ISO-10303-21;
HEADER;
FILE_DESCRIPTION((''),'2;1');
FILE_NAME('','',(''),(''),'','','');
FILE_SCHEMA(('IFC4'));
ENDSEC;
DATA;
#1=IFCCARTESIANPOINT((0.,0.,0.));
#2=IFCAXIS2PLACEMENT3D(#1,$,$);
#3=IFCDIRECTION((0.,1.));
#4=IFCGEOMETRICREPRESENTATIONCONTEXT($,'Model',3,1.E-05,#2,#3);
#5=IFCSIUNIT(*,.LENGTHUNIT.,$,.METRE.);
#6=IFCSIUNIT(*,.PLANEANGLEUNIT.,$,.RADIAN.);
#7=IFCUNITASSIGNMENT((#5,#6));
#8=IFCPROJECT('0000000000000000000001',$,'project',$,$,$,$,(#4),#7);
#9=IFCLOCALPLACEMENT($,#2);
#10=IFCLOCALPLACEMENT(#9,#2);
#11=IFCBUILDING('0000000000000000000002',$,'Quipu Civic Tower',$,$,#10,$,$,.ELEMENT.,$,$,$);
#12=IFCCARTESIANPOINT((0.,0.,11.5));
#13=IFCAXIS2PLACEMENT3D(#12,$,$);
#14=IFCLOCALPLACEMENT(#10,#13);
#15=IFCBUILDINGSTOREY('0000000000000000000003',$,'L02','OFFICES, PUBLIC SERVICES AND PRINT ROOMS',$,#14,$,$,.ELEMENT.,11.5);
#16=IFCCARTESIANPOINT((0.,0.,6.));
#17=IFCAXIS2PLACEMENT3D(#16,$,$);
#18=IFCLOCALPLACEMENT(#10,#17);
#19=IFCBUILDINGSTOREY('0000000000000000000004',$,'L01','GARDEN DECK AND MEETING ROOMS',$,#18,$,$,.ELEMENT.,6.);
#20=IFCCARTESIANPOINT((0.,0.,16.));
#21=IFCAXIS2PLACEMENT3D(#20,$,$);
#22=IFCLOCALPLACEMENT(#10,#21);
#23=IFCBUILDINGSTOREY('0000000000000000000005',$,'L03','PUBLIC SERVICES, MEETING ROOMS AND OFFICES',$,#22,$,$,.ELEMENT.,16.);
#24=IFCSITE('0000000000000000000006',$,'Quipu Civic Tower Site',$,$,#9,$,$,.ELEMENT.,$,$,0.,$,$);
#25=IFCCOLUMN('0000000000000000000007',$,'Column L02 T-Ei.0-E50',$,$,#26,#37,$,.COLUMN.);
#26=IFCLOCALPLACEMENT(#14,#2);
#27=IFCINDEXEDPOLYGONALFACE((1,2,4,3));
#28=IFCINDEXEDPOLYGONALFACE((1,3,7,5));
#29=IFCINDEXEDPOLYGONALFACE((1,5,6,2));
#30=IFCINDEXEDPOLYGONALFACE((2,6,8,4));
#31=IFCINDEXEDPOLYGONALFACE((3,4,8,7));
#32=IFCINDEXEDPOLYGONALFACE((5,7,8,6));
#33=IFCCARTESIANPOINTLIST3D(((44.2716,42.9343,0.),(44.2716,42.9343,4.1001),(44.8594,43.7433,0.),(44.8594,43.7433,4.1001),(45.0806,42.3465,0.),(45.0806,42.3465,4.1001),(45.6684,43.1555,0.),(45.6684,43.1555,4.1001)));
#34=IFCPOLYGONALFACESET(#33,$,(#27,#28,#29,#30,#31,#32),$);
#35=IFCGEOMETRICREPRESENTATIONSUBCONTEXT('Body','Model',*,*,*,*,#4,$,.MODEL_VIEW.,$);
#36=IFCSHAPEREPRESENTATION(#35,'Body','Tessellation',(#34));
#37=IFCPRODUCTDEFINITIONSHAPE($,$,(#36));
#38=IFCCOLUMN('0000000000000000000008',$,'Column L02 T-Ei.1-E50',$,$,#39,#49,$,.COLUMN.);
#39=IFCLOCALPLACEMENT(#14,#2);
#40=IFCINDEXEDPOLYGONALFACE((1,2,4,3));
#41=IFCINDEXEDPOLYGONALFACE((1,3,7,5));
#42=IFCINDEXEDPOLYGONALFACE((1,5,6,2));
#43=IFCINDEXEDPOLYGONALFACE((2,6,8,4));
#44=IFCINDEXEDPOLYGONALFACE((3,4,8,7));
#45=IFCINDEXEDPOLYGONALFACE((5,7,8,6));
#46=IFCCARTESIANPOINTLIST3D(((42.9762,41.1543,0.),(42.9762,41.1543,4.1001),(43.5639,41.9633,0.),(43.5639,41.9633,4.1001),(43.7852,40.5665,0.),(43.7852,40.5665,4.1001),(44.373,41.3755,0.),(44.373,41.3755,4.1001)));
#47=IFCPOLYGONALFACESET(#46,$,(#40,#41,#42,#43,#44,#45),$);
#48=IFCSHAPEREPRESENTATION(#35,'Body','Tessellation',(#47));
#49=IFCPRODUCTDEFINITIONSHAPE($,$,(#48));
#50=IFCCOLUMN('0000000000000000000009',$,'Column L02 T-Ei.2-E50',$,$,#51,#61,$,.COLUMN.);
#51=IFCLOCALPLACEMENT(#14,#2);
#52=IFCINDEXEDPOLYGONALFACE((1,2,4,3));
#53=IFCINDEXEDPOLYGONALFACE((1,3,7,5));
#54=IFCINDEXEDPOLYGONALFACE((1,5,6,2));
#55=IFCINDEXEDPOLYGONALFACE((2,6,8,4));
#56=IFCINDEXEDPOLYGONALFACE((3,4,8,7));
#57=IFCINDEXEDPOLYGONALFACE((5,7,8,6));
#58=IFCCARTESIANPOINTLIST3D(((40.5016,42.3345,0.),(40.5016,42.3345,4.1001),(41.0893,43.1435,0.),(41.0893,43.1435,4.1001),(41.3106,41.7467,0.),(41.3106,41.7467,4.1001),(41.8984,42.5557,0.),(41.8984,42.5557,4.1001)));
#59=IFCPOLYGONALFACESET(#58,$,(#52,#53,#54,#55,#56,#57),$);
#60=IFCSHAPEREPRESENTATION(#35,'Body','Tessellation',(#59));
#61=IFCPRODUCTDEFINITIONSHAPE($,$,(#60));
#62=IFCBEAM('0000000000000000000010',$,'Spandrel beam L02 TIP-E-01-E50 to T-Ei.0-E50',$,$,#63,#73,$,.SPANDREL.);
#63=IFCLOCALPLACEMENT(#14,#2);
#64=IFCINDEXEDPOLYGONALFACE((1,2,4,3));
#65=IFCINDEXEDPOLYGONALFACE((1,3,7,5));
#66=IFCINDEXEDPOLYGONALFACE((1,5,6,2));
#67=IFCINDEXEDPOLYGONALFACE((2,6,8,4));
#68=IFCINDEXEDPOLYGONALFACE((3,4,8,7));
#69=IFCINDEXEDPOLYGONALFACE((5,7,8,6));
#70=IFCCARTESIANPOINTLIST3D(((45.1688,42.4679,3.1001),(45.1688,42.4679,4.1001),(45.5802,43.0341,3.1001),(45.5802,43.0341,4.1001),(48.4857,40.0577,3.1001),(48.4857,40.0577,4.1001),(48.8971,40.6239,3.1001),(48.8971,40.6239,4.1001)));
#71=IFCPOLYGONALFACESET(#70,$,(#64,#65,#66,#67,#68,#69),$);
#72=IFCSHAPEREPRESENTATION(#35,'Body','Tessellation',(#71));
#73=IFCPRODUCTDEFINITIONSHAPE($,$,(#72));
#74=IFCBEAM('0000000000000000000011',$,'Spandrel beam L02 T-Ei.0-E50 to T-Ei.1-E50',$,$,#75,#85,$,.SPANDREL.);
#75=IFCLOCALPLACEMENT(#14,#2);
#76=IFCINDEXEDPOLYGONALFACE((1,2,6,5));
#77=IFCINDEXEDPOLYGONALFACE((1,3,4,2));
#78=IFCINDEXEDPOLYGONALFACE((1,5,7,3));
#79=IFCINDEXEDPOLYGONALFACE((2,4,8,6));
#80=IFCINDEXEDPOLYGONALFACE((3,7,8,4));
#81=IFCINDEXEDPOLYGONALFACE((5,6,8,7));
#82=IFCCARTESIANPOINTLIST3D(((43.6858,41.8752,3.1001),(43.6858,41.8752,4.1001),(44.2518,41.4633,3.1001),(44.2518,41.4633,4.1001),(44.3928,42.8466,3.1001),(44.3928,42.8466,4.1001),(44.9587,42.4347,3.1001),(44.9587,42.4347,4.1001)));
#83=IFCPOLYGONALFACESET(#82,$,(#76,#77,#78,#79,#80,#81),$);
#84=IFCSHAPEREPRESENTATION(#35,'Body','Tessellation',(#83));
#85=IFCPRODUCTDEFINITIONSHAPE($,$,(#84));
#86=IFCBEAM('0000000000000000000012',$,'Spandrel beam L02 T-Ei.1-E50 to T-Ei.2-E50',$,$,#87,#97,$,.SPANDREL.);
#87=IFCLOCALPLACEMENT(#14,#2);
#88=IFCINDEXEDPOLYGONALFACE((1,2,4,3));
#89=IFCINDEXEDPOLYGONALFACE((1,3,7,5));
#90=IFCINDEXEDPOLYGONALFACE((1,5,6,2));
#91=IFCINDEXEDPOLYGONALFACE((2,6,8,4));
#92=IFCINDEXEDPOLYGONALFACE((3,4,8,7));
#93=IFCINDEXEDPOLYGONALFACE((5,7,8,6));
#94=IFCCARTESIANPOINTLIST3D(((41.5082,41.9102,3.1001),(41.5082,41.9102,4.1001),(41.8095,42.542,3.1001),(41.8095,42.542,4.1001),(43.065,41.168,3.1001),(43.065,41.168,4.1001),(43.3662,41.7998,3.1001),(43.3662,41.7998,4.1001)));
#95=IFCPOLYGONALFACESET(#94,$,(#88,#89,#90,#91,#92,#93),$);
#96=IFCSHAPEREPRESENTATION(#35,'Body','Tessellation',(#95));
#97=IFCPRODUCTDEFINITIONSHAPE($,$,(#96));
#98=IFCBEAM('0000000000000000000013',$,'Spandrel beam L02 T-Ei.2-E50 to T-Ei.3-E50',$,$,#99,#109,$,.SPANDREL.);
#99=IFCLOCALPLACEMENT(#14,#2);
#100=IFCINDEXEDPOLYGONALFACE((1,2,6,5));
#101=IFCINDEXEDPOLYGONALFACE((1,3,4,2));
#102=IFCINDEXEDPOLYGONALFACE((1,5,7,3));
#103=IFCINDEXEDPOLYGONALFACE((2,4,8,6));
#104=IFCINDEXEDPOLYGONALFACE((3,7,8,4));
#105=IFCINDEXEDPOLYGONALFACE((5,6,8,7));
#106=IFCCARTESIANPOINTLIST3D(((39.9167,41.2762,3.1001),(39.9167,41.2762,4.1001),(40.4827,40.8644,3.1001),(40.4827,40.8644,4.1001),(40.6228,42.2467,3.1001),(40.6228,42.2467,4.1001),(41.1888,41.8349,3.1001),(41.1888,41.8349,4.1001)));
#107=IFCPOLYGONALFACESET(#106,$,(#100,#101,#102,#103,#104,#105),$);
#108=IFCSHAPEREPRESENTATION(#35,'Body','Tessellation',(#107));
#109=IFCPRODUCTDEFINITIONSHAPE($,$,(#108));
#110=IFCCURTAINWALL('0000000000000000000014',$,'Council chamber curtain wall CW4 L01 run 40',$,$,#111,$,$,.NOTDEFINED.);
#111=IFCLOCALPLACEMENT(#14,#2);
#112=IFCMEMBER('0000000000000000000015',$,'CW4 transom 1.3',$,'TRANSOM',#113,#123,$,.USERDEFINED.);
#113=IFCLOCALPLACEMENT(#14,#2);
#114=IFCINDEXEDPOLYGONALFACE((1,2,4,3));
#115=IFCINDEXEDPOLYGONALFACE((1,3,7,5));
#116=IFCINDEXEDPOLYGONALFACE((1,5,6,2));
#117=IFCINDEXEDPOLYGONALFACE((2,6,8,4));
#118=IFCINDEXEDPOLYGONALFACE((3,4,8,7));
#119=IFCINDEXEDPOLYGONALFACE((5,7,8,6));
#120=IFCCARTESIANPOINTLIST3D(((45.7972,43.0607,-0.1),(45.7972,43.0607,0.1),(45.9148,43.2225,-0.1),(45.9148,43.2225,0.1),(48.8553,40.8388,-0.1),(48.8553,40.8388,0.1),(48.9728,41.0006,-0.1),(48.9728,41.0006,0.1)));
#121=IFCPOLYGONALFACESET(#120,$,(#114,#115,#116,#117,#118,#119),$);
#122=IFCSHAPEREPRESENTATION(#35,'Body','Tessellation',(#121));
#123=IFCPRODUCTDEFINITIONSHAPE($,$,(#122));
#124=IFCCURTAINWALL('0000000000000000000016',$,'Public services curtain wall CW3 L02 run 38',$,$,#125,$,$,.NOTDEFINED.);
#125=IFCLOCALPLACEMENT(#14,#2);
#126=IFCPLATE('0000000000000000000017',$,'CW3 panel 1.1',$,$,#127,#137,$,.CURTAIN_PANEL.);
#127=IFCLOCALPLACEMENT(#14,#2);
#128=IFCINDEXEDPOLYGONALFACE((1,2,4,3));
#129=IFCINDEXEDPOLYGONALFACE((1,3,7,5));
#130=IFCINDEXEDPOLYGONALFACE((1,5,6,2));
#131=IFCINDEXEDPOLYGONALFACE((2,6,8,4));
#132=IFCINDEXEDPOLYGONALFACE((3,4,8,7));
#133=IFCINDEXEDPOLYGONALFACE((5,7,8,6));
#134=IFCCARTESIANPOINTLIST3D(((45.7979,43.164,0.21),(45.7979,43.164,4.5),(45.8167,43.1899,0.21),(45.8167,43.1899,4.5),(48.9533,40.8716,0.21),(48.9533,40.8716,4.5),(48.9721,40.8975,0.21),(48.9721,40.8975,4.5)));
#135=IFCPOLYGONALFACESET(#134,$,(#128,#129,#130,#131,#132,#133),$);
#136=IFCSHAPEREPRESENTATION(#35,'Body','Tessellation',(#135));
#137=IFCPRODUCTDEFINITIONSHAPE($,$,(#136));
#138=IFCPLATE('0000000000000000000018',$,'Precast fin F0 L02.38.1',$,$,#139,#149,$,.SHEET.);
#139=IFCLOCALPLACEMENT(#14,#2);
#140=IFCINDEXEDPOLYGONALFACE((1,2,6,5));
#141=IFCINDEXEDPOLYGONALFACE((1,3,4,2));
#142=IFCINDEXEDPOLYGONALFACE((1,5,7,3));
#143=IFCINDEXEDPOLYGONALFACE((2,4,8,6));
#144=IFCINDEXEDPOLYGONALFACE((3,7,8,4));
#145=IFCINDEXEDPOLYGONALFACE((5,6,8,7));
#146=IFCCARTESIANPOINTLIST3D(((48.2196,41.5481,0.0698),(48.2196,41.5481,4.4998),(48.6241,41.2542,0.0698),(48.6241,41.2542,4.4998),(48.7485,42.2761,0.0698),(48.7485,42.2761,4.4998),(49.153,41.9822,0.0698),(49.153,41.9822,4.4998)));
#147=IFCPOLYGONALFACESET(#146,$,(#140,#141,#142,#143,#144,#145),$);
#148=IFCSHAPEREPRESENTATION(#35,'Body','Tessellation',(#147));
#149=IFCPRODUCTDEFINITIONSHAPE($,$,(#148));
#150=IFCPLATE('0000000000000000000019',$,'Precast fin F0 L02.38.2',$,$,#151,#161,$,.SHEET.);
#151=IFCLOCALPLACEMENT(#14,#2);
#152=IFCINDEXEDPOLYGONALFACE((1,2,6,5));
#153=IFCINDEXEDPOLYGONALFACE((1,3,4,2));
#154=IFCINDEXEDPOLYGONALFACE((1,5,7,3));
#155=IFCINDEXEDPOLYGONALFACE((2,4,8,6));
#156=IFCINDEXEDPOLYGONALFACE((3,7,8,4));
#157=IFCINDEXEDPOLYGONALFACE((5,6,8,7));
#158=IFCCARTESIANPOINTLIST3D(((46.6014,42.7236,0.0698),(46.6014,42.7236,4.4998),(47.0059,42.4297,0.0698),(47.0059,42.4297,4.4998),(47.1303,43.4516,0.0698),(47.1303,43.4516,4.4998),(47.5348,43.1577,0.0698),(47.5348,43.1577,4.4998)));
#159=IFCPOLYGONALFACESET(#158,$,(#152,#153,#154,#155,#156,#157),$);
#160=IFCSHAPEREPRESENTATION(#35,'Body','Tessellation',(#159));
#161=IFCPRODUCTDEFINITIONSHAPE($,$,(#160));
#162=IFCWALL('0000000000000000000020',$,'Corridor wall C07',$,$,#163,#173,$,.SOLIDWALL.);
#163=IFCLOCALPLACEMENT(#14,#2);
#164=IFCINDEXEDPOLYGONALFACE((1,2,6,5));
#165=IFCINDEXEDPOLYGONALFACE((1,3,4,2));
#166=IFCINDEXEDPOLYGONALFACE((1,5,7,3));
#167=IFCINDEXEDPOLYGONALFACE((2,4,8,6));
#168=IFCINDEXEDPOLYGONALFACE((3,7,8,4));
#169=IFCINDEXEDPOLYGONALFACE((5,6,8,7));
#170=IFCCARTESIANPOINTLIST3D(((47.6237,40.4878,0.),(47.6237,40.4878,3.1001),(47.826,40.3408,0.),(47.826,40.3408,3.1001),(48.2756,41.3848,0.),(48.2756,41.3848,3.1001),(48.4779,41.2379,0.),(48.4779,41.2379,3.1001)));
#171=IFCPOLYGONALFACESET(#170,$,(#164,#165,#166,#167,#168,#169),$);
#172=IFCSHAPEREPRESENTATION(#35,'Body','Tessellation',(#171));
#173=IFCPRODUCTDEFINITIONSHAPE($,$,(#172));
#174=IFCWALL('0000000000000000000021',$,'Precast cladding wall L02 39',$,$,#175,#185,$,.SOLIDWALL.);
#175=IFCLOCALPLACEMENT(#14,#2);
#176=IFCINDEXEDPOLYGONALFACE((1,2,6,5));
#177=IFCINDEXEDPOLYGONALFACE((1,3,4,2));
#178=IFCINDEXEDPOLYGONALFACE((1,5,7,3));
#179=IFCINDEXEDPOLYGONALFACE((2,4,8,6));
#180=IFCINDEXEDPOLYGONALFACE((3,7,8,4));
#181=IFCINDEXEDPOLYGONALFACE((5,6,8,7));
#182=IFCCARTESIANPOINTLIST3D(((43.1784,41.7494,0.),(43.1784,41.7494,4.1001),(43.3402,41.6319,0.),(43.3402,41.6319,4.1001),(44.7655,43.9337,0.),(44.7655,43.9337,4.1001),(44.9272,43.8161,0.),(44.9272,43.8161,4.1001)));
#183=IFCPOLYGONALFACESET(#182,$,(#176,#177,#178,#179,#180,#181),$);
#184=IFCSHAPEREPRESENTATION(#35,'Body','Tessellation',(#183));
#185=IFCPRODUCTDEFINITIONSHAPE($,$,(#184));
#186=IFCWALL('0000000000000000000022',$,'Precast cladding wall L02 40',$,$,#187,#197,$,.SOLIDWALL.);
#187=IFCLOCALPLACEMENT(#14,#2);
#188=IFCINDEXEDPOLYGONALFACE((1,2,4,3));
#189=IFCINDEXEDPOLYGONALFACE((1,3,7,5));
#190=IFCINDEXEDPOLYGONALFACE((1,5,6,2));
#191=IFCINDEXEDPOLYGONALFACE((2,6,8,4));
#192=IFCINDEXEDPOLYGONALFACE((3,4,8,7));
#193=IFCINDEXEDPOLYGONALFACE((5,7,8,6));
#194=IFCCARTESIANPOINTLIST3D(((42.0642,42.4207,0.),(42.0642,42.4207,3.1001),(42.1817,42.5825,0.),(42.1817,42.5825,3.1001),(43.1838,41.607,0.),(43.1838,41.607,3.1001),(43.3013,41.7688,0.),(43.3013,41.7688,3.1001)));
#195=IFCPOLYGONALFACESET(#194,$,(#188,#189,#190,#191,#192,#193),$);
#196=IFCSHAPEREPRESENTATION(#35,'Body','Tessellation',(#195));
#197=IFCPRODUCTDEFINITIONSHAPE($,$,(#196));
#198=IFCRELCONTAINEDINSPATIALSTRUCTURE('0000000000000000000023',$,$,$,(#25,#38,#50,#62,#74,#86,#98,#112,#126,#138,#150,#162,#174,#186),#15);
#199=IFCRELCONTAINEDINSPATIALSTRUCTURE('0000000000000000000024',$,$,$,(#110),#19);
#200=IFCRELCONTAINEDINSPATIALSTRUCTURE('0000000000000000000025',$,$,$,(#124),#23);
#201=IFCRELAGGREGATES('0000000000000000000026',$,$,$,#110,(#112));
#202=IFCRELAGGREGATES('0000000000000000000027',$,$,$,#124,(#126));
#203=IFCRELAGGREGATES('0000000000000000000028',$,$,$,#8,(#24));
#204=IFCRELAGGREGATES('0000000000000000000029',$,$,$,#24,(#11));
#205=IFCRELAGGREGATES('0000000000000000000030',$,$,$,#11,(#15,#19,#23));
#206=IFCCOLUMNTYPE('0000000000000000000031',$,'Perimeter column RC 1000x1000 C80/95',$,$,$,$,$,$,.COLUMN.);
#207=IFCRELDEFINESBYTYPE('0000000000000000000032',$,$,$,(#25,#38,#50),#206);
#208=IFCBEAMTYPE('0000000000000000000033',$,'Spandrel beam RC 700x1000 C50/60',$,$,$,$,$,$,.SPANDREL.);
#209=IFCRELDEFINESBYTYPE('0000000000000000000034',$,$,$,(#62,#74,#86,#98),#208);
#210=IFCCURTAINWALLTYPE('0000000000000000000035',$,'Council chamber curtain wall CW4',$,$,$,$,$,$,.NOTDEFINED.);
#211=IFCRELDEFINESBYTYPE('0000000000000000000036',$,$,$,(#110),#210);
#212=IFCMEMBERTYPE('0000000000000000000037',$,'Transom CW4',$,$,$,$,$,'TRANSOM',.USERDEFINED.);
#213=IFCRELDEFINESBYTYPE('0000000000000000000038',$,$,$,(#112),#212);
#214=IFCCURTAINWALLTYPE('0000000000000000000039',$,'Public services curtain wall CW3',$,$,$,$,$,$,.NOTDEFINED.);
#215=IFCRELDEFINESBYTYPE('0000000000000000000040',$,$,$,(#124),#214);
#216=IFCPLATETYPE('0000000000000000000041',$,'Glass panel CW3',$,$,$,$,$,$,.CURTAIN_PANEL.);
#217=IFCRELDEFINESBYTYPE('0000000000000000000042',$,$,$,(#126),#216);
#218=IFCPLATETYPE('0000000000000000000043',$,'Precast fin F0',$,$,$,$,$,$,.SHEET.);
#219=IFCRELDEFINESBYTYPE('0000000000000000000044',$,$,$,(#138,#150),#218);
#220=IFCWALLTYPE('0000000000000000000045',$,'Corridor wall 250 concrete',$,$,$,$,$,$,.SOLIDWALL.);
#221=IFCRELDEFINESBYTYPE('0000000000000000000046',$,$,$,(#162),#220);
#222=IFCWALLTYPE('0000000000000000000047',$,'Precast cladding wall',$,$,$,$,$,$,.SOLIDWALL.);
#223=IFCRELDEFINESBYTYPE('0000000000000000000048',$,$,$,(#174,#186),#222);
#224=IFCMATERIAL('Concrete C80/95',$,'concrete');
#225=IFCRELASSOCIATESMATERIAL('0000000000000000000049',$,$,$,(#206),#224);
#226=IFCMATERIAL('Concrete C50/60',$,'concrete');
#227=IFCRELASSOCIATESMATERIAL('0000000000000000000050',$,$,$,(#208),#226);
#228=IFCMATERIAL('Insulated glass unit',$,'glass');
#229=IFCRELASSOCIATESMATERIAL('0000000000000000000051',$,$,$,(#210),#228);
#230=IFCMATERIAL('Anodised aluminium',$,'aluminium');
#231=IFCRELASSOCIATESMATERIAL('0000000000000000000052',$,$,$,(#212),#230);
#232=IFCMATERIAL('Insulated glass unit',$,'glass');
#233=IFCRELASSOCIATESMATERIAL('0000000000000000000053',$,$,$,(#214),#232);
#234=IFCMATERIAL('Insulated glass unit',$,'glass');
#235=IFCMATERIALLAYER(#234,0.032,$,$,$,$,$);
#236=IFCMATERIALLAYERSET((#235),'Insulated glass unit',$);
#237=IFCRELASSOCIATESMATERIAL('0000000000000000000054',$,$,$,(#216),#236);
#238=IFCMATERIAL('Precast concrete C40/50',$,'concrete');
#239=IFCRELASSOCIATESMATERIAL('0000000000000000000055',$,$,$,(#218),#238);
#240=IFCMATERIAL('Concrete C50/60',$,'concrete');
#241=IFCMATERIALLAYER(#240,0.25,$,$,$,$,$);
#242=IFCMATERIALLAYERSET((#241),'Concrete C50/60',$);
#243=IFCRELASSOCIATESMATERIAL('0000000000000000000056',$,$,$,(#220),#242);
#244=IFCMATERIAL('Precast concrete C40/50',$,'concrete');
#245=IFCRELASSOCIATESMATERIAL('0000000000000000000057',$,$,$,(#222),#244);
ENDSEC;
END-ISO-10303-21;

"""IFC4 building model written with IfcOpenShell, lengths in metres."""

from ifc_helpers import new_model, si_unit, direction, frame, frame_2d, origin, origin_2d, place, context, subcontext, project, spatial, rectangle, extrude, material, layer, layer_set, material_profile, profile_set, type_object, element, aggregate, save


model = new_model("IFC4")

# Units and contexts
model_context = context("Model", 3, precision=1e-05, world=origin(), true_north=direction((0.0, 1.0)))
body_context = subcontext(model_context, "Body", "Model", "MODEL_VIEW")
ifc_project = project(units=[si_unit("LENGTHUNIT", "METRE"), si_unit("PLANEANGLEUNIT", "RADIAN")], contexts=[model_context])

# Site, building, storey
site_placement = place(None, origin())
site = spatial("IfcSite", under=ifc_project, at=site_placement, Name="Quipu Civic Tower Site", CompositionType="ELEMENT", RefElevation=0.0)
building_placement = place(site_placement, origin())
building = spatial("IfcBuilding", under=site, at=building_placement, Name="Quipu Civic Tower", CompositionType="ELEMENT")
storey_1_placement = place(building_placement, frame((0.0, 0.0, 11.5)))
storey_1 = spatial("IfcBuildingStorey", under=building, at=storey_1_placement, Name="L02", Description="OFFICES, PUBLIC SERVICES AND PRINT ROOMS", CompositionType="ELEMENT", Elevation=11.5)

# Columns
ifc_material_1 = material(Name="Concrete C80/95", Category="concrete")
ifc_material_profile_1 = material_profile(ifc_material_1, rectangle(XDim=1.0, YDim=1.0, at=origin_2d()), Name="RC1000x1000")
ifc_profile_set_1 = profile_set([ifc_material_profile_1], Name="Concrete C80/95")
column_type = type_object("IfcColumnType", Name="Perimeter column RC 1000x1000 C80/95", PredefinedType="COLUMN", material=ifc_profile_set_1)
for number, where, z_axis, x_axis, name in (
    (1, (44.97, 43.0449, 0.0), (0.0, 0.0, 1.0), (-0.809017, 0.587785, 0.0), "Column L02 T-Ei.0-E50"),
    (2, (43.6746, 41.2649, 0.0), (0.0, 0.0, 1.0), (-0.809017, 0.587785, 0.0), "Column L02 T-Ei.1-E50"),
    (3, (41.2, 42.4451, 0.0), (0.0, 0.0, 1.0), (-0.587785, -0.809017, 0.0), "Column L02 T-Ei.2-E50"),
):
    element("IfcColumn", number, at=place(storey_1_placement, frame(where, z_axis=z_axis, x_axis=x_axis)), inside=storey_1, type_object=column_type, Name=name, PredefinedType="COLUMN", context=body_context, shape_type="SweptSolid", body=[
        extrude(rectangle(XDim=1.0, YDim=1.0, at=origin_2d()), origin(), (0.0, 0.0, 1.0), 4.1001),
    ])

# Beams
ifc_material_2 = material(Name="Concrete C50/60", Category="concrete")
ifc_material_profile_2 = material_profile(ifc_material_2, rectangle(XDim=0.7, YDim=1.0, at=origin_2d()), Name="RC700x1000")
ifc_profile_set_2 = profile_set([ifc_material_profile_2], Name="Concrete C50/60")
beam_type = type_object("IfcBeamType", Name="Spandrel beam RC 700x1000 C50/60", PredefinedType="SPANDREL", material=ifc_profile_set_2)
beam_1_placement = place(storey_1_placement, frame((48.6914, 40.3408, 3.6001), z_axis=(-0.808983, 0.587832, 0.0), x_axis=(-0.587832, -0.808983, 0.0)))
element("IfcBeam", 4, at=beam_1_placement, inside=storey_1, type_object=beam_type, Name="Spandrel beam L02 TIP-E-01-E50 to T-Ei.0-E50", PredefinedType="SPANDREL", context=body_context, shape_type="SweptSolid", body=[
    extrude(rectangle(XDim=0.7, YDim=1.0, at=origin_2d()), origin(), (0.0, 0.0, 1.0), 4.1001),
])
beam_2_placement = place(storey_1_placement, frame((44.6758, 42.6406, 3.6001), z_axis=(-0.588462, -0.808525, 0.0), x_axis=(0.808525, -0.588462, 0.0)))
element("IfcBeam", 5, at=beam_2_placement, inside=storey_1, type_object=beam_type, Name="Spandrel beam L02 T-Ei.0-E50 to T-Ei.1-E50", PredefinedType="SPANDREL", context=body_context, shape_type="SweptSolid", body=[
    extrude(rectangle(XDim=0.7, YDim=1.0, at=origin_2d()), origin(), (0.0, 0.0, 1.0), 1.2014),
])
beam_3_placement = place(storey_1_placement, frame((43.2156, 41.4839, 3.6001), z_axis=(-0.902651, 0.430373, 0.0), x_axis=(-0.430373, -0.902651, 0.0)))
element("IfcBeam", 6, at=beam_3_placement, inside=storey_1, type_object=beam_type, Name="Spandrel beam L02 T-Ei.1-E50 to T-Ei.2-E50", PredefinedType="SPANDREL", context=body_context, shape_type="SweptSolid", body=[
    extrude(rectangle(XDim=0.7, YDim=1.0, at=origin_2d()), origin(), (0.0, 0.0, 1.0), 1.7246),
])
beam_4_placement = place(storey_1_placement, frame((40.9058, 42.0408, 3.6001), z_axis=(-0.588317, -0.808631, 0.0), x_axis=(0.808631, -0.588317, 0.0)))
element("IfcBeam", 7, at=beam_4_placement, inside=storey_1, type_object=beam_type, Name="Spandrel beam L02 T-Ei.2-E50 to T-Ei.3-E50", PredefinedType="SPANDREL", context=body_context, shape_type="SweptSolid", body=[
    extrude(rectangle(XDim=0.7, YDim=1.0, at=origin_2d()), origin(), (0.0, 0.0, 1.0), 1.2002),
])

# Shared definitions
storey_2_placement = place(building_placement, frame((0.0, 0.0, 6.0)))
storey_2 = spatial("IfcBuildingStorey", under=building, at=storey_2_placement, Name="L01", Description="GARDEN DECK AND MEETING ROOMS", CompositionType="ELEMENT", Elevation=6.0)

# Curtain wall, member
ifc_material_3 = material(Name="Insulated glass unit", Category="glass")
curtain_wall_type_1 = type_object("IfcCurtainWallType", Name="Council chamber curtain wall CW4", PredefinedType="NOTDEFINED", material=ifc_material_3)
curtain_wall_1_placement = place(storey_2_placement, origin())
curtain_wall_1 = element("IfcCurtainWall", 8, at=curtain_wall_1_placement, inside=storey_2, type_object=curtain_wall_type_1, Name="Council chamber curtain wall CW4 L01 run 40", PredefinedType="NOTDEFINED")
ifc_material_4 = material(Name="Anodised aluminium", Category="aluminium")
ifc_material_profile_3 = material_profile(ifc_material_4, rectangle(XDim=0.2, YDim=0.2, at=origin_2d()), Name="RECT 200x200")
ifc_profile_set_3 = profile_set([ifc_material_profile_3], Name="Anodised aluminium")
member_type = type_object("IfcMemberType", Name="Transom CW4", ElementType="TRANSOM", PredefinedType="USERDEFINED", material=ifc_profile_set_3)
member_placement = place(storey_1_placement, frame((48.9141, 40.9197, 0.0), z_axis=(-0.809007, 0.587799, 0.0), x_axis=(-0.587799, -0.809007, 0.0)))
member = element("IfcMember", 9, at=member_placement, inside=storey_1, type_object=member_type, Name="CW4 transom 1.3", ObjectType="TRANSOM", PredefinedType="USERDEFINED", context=body_context, shape_type="SweptSolid", body=[
    extrude(rectangle(XDim=0.2, YDim=0.2, at=origin_2d()), origin(), (0.0, 0.0, 1.0), 3.78),
])
aggregate(curtain_wall_1, [member])

# Shared definitions
storey_3_placement = place(building_placement, frame((0.0, 0.0, 16.0)))
storey_3 = spatial("IfcBuildingStorey", under=building, at=storey_3_placement, Name="L03", Description="PUBLIC SERVICES, MEETING ROOMS AND OFFICES", CompositionType="ELEMENT", Elevation=16.0)

# Curtain wall, plate
ifc_material_5 = material(Name="Insulated glass unit", Category="glass")
curtain_wall_type_2 = type_object("IfcCurtainWallType", Name="Public services curtain wall CW3", PredefinedType="NOTDEFINED", material=ifc_material_5)
curtain_wall_2_placement = place(storey_3_placement, origin())
curtain_wall_2 = element("IfcCurtainWall", 10, at=curtain_wall_2_placement, inside=storey_3, type_object=curtain_wall_type_2, Name="Public services curtain wall CW3 L02 run 38", PredefinedType="NOTDEFINED")
ifc_material_6 = material(Name="Insulated glass unit", Category="glass")
ifc_layer_1 = layer(ifc_material_6, 0.032)
ifc_layer_set_1 = layer_set([ifc_layer_1], Name="Insulated glass unit")
plate_type_1 = type_object("IfcPlateType", Name="Glass panel CW3", PredefinedType="CURTAIN_PANEL", material=ifc_layer_set_1)
plate_placement = place(storey_1_placement, frame((47.385, 42.0308, 0.21), z_axis=(0.0, 0.0, 1.0), x_axis=(-0.80903, 0.587767, 0.0)))
plate = element("IfcPlate", 11, at=plate_placement, inside=storey_1, type_object=plate_type_1, Name="CW3 panel 1.1", PredefinedType="CURTAIN_PANEL", context=body_context, shape_type="SweptSolid", body=[
    extrude(rectangle(XDim=3.9001, YDim=0.032, at=origin_2d()), origin(), (0.0, 0.0, 1.0), 4.29),
])
aggregate(curtain_wall_2, [plate])

# Plates
ifc_material_7 = material(Name="Precast concrete C40/50", Category="concrete")
plate_type_2 = type_object("IfcPlateType", Name="Precast fin F0", PredefinedType="SHEET", material=ifc_material_7)
for number, where, z_axis, x_axis, name in (
    (12, (48.6863, 41.7651, 0.0698), (0.0, 0.0, 1.0), (-0.809021, 0.587779, 0.0), "Precast fin F0 L02.38.1"),
    (13, (47.0681, 42.9407, 0.0698), (0.0, 0.0, 1.0), (-0.809021, 0.587779, 0.0), "Precast fin F0 L02.38.2"),
):
    element("IfcPlate", number, at=place(storey_1_placement, frame(where, z_axis=z_axis, x_axis=x_axis)), inside=storey_1, type_object=plate_type_2, Name=name, PredefinedType="SHEET", context=body_context, shape_type="SweptSolid", body=[
        extrude(rectangle(XDim=0.5, YDim=0.8999, at=origin_2d()), origin(), (0.0, 0.0, 1.0), 4.4299),
    ])

# Walls
ifc_material_8 = material(Name="Concrete C50/60", Category="concrete")
ifc_layer_2 = layer(ifc_material_8, 0.25)
ifc_layer_set_2 = layer_set([ifc_layer_2], Name="Concrete C50/60")
wall_type_1 = type_object("IfcWallType", Name="Corridor wall 250 concrete", PredefinedType="SOLIDWALL", material=ifc_layer_set_2)
wall_1_placement = place(storey_1_placement, frame((47.7249, 40.4143, 0.0), z_axis=(0.0, 0.0, 1.0), x_axis=(0.587884, 0.808946, 0.0)))
element("IfcWall", 14, at=wall_1_placement, inside=storey_1, type_object=wall_type_1, Name="Corridor wall C07", PredefinedType="SOLIDWALL", context=body_context, shape_type="SweptSolid", body=[
    extrude(rectangle(XDim=1.1089, YDim=0.25, at=frame_2d((0.5544, 0.0))), origin(), (0.0, 0.0, 1.0), 3.1001),
])
ifc_material_9 = material(Name="Precast concrete C40/50", Category="concrete")
wall_type_2 = type_object("IfcWallType", Name="Precast cladding wall", PredefinedType="SOLIDWALL", material=ifc_material_9)
wall_2_placement = place(storey_1_placement, frame((44.8464, 43.875, 0.0), z_axis=(0.0, 0.0, 1.0), x_axis=(-0.587822, -0.80899, 0.0)))
element("IfcWall", 15, at=wall_2_placement, inside=storey_1, type_object=wall_type_2, Name="Precast cladding wall L02 39", PredefinedType="SOLIDWALL", context=body_context, shape_type="SweptSolid", body=[
    extrude(rectangle(XDim=2.7, YDim=0.2, at=frame_2d((1.3501, 0.0))), origin(), (0.0, 0.0, 1.0), 4.1001),
])
wall_3_placement = place(storey_1_placement, frame((43.2424, 41.688, 0.0), z_axis=(0.0, 0.0, 1.0), x_axis=(-0.808927, 0.587909, 0.0)))
element("IfcWall", 16, at=wall_3_placement, inside=storey_1, type_object=wall_type_2, Name="Precast cladding wall L02 40", PredefinedType="SOLIDWALL", context=body_context, shape_type="SweptSolid", body=[
    extrude(rectangle(XDim=1.384, YDim=0.2, at=frame_2d((0.6919, 0.0))), origin(), (0.0, 0.0, 1.0), 3.1001),
])

save(model, "model.ifc")
